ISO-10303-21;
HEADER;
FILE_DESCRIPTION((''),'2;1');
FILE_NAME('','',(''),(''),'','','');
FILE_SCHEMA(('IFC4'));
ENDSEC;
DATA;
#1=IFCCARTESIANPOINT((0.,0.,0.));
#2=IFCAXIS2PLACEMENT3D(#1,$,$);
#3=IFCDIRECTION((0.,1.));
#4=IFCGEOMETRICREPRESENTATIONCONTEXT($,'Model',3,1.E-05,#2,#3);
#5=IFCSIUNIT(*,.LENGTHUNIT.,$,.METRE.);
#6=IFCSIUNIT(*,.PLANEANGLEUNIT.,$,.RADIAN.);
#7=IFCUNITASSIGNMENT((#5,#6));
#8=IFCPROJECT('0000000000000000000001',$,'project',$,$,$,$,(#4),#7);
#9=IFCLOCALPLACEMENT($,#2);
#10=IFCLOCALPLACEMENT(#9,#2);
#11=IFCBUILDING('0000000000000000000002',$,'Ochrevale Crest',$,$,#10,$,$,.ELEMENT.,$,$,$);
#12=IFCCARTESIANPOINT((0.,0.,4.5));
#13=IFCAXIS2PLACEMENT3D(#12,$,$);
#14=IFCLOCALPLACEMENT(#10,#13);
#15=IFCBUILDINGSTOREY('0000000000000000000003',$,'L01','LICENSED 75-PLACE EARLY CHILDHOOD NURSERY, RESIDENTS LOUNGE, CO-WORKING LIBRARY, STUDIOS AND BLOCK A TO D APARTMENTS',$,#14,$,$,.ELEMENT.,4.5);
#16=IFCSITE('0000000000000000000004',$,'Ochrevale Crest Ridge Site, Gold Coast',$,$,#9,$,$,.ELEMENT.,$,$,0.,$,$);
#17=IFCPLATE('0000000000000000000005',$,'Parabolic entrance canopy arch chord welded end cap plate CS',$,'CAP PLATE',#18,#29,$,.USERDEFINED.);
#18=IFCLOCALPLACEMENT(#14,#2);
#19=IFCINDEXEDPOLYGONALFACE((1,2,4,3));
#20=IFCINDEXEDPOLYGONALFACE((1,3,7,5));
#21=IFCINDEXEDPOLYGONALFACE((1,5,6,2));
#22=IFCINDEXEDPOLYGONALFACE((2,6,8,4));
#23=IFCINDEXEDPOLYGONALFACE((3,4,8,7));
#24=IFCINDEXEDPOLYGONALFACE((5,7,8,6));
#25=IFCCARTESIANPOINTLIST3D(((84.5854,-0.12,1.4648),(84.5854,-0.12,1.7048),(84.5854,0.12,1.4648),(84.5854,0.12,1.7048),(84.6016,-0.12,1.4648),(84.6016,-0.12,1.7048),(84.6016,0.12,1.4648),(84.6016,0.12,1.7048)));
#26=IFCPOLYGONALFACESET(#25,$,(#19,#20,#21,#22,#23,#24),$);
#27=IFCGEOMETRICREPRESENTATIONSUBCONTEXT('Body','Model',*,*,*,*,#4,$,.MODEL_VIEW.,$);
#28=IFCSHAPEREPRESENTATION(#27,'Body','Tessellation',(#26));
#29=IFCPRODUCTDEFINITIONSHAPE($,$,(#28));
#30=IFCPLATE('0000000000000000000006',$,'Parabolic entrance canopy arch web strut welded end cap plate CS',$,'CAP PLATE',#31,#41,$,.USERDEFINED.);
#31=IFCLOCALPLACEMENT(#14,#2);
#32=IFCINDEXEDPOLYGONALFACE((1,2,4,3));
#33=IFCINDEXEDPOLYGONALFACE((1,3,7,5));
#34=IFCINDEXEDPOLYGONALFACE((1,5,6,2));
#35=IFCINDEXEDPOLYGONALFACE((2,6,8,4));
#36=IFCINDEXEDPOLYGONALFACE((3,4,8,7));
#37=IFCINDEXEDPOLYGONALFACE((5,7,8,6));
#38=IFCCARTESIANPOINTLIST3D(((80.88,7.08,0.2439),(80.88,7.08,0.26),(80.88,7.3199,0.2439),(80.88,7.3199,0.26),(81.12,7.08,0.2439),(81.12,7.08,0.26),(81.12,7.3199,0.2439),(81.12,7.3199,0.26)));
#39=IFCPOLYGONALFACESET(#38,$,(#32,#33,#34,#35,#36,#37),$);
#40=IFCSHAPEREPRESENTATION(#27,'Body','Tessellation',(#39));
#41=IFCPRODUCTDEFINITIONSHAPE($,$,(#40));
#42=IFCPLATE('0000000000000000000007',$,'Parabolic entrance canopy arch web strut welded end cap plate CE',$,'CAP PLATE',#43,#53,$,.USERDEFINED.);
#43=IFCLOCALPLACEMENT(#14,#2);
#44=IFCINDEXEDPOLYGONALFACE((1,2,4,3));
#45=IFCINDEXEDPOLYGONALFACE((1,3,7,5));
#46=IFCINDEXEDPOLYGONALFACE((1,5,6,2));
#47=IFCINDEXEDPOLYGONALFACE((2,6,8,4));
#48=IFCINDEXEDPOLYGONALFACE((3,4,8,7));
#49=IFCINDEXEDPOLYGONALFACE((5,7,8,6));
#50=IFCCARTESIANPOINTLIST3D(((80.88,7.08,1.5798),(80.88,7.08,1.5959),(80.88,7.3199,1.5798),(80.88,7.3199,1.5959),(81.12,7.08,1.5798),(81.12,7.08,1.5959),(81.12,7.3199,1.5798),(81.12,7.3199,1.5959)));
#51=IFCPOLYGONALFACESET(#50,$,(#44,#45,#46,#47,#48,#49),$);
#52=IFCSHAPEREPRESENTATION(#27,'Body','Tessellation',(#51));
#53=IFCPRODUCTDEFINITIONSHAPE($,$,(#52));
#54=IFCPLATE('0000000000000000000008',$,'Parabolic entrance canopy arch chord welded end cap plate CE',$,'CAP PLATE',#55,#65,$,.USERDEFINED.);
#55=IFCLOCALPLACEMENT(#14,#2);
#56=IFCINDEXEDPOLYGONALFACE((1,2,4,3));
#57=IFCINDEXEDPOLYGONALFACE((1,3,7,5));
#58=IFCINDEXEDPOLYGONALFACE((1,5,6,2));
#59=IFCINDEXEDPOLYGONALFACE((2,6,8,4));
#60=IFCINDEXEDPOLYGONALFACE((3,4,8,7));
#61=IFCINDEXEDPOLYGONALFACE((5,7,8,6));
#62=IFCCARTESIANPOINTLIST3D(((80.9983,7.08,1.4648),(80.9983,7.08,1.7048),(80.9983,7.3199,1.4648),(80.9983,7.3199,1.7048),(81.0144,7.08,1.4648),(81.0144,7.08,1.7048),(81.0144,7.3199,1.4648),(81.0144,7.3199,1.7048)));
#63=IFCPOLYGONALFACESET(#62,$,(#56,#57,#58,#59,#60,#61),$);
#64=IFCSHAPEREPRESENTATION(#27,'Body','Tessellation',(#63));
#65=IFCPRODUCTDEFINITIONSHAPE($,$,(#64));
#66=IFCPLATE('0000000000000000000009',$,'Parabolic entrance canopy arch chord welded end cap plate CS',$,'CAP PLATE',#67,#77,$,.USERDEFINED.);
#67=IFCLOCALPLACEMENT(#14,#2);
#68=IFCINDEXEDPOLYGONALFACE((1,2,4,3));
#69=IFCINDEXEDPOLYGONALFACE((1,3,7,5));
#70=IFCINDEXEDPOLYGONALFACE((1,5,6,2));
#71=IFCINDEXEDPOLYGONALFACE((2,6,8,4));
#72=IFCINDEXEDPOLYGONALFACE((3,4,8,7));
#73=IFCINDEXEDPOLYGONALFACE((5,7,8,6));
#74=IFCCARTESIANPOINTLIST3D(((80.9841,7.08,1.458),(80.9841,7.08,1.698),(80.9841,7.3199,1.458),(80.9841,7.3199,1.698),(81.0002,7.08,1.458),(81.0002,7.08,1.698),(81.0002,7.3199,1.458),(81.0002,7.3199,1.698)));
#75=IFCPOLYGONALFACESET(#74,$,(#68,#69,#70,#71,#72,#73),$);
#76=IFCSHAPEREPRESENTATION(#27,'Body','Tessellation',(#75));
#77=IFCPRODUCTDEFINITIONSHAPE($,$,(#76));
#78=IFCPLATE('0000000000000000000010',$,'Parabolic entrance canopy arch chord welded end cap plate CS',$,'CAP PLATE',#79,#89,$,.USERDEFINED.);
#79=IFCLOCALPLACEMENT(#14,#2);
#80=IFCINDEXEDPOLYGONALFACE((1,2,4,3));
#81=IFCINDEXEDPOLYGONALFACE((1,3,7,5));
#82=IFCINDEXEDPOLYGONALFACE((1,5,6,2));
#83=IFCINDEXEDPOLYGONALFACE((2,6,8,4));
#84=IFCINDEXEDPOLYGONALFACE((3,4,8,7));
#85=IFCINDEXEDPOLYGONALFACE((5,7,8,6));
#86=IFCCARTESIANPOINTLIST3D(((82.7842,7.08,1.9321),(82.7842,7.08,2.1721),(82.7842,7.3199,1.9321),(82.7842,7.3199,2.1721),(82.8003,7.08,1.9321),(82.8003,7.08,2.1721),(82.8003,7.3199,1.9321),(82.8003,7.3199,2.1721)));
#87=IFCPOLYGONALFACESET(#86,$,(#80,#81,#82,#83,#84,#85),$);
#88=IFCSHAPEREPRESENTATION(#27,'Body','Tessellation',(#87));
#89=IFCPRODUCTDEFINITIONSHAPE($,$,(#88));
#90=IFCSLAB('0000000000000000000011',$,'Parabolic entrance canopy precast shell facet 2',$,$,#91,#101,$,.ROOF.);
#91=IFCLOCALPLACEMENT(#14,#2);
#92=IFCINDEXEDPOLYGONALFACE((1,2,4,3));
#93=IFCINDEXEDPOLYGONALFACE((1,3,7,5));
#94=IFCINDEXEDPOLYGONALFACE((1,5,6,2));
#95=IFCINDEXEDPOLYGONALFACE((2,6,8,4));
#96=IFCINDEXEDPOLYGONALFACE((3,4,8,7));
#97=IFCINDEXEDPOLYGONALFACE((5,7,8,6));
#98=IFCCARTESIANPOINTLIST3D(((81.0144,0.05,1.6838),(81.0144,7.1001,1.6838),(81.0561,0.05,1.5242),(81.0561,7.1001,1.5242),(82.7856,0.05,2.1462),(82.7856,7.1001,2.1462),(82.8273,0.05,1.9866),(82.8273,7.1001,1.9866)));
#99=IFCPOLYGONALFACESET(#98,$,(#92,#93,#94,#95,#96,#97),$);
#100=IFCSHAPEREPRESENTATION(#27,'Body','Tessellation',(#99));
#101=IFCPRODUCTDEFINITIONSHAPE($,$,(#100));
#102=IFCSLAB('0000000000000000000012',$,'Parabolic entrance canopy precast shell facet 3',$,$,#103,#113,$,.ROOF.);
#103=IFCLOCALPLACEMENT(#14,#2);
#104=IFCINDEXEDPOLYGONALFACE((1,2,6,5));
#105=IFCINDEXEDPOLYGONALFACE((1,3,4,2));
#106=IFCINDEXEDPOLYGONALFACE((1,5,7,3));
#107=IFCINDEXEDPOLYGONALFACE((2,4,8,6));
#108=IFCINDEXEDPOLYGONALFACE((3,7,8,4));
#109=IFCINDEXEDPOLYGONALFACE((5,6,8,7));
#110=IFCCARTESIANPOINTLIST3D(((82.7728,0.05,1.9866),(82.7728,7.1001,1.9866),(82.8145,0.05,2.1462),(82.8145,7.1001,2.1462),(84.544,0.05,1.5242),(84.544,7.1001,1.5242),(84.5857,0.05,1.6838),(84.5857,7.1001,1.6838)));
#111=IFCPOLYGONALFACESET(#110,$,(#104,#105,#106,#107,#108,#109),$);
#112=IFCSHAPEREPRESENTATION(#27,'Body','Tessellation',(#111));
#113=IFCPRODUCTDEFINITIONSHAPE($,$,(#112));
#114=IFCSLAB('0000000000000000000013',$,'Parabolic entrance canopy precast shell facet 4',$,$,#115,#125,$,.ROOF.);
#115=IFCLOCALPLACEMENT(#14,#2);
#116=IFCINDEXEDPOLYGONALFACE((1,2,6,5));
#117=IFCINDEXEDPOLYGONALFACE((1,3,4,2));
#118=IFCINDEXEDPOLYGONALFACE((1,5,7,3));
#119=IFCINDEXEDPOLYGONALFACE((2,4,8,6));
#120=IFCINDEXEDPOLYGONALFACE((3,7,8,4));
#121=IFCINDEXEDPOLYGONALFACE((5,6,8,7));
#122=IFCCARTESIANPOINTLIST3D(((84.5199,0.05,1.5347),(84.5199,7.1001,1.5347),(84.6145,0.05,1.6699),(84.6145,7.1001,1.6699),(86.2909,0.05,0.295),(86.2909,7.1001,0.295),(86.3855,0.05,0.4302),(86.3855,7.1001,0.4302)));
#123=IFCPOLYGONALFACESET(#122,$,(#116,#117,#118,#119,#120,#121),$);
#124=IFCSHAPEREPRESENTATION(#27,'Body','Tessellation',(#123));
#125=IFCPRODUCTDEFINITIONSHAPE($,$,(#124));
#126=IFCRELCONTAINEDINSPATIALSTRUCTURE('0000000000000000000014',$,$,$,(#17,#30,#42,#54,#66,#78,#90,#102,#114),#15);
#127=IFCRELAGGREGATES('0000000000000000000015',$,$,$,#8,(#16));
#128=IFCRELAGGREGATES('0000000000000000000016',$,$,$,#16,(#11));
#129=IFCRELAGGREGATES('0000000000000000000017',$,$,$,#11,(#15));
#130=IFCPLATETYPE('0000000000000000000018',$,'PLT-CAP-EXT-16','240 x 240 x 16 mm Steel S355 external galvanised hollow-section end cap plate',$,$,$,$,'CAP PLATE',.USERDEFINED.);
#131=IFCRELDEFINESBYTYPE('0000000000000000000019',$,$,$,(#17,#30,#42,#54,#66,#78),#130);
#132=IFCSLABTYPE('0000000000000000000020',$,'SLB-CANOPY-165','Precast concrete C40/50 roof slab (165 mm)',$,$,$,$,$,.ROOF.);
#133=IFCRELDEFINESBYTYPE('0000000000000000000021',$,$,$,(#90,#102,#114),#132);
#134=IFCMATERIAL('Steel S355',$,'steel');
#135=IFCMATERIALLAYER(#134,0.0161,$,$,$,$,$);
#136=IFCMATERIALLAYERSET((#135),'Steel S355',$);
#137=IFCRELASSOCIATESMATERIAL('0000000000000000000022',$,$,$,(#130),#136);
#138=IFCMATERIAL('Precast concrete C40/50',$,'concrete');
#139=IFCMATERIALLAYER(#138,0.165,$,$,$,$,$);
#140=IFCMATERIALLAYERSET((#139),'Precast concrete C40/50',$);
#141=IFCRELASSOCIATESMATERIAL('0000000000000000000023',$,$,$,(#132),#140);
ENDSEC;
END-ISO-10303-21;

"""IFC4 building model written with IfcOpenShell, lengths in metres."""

from ifc_helpers import new_model, si_unit, direction, frame, origin, origin_2d, place, context, subcontext, project, spatial, polyline, rectangle, outline, extrude, material, layer, layer_set, type_object, element, save


model = new_model("IFC4")

# Units and contexts
model_context = context("Model", 3, precision=1e-05, world=origin(), true_north=direction((0.0, 1.0)))
body_context = subcontext(model_context, "Body", "Model", "MODEL_VIEW")
ifc_project = project(units=[si_unit("LENGTHUNIT", "METRE"), si_unit("PLANEANGLEUNIT", "RADIAN")], contexts=[model_context])

# Site, building, storey
site_placement = place(None, origin())
site = spatial("IfcSite", under=ifc_project, at=site_placement, Name="Ochrevale Crest Ridge Site, Gold Coast", CompositionType="ELEMENT", RefElevation=0.0)
building_placement = place(site_placement, origin())
building = spatial("IfcBuilding", under=site, at=building_placement, Name="Ochrevale Crest", CompositionType="ELEMENT")
storey_placement = place(building_placement, frame((0.0, 0.0, 4.5)))
storey = spatial("IfcBuildingStorey", under=building, at=storey_placement, Name="L01", Description="LICENSED 75-PLACE EARLY CHILDHOOD NURSERY, RESIDENTS LOUNGE, CO-WORKING LIBRARY, STUDIOS AND BLOCK A TO D APARTMENTS", CompositionType="ELEMENT", Elevation=4.5)

# Shared definitions
ifc_material_1 = material(Name="Steel S355", Category="steel")

# Plates
ifc_layer_1 = layer(ifc_material_1, 0.0161)
ifc_layer_set_1 = layer_set([ifc_layer_1], Name="Steel S355")
plate_type = type_object("IfcPlateType", Name="PLT-CAP-EXT-16", Description="240 x 240 x 16 mm Steel S355 external galvanised hollow-section end cap plate", ElementType="CAP PLATE", PredefinedType="USERDEFINED", material=ifc_layer_set_1)
for number, where, z_axis, x_axis, name in (
    (1, (84.5935, 0.0, 1.4648), (0.0, 0.0, 1.0), (1.0, 0.0, 0.0), "Parabolic entrance canopy arch chord welded end cap plate CS"),
):
    element("IfcPlate", number, at=place(storey_placement, frame(where, z_axis=z_axis, x_axis=x_axis)), inside=storey, type_object=plate_type, Name=name, ObjectType="CAP PLATE", PredefinedType="USERDEFINED", context=body_context, shape_type="SweptSolid", body=[
        extrude(rectangle(XDim=0.0161, YDim=0.24, at=origin_2d()), origin(), (0.0, 0.0, 1.0), 0.24),
    ])
for number, where, z_axis, x_axis, name in (
    (2, (81.0, 7.2, 0.2439), (0.0, 0.0, 1.0), (1.0, 0.0, 0.0), "Parabolic entrance canopy arch web strut welded end cap plate CS"),
    (3, (81.0, 7.2, 1.5798), (0.0, 0.0, 1.0), (1.0, 0.0, 0.0), "Parabolic entrance canopy arch web strut welded end cap plate CE"),
):
    element("IfcPlate", number, at=place(storey_placement, frame(where, z_axis=z_axis, x_axis=x_axis)), inside=storey, type_object=plate_type, Name=name, ObjectType="CAP PLATE", PredefinedType="USERDEFINED", context=body_context, shape_type="SweptSolid", body=[
        extrude(rectangle(XDim=0.24, YDim=0.24, at=origin_2d()), origin(), (0.0, 0.0, 1.0), 0.0161),
    ])
for number, where, z_axis, x_axis, name in (
    (4, (81.0063, 7.2, 1.4648), (0.0, 0.0, 1.0), (1.0, 0.0, 0.0), "Parabolic entrance canopy arch chord welded end cap plate CE"),
    (5, (80.9922, 7.2, 1.458), (0.0, 0.0, 1.0), (1.0, 0.0, 0.0), "Parabolic entrance canopy arch chord welded end cap plate CS"),
    (6, (82.7922, 7.2, 1.9321), (0.0, 0.0, 1.0), (1.0, 0.0, 0.0), "Parabolic entrance canopy arch chord welded end cap plate CS"),
):
    element("IfcPlate", number, at=place(storey_placement, frame(where, z_axis=z_axis, x_axis=x_axis)), inside=storey, type_object=plate_type, Name=name, ObjectType="CAP PLATE", PredefinedType="USERDEFINED", context=body_context, shape_type="SweptSolid", body=[
        extrude(rectangle(XDim=0.0161, YDim=0.24, at=origin_2d()), origin(), (0.0, 0.0, 1.0), 0.24),
    ])

# Slabs
ifc_material_2 = material(Name="Precast concrete C40/50", Category="concrete")
ifc_layer_2 = layer(ifc_material_2, 0.165)
ifc_layer_set_2 = layer_set([ifc_layer_2], Name="Precast concrete C40/50")
slab_type = type_object("IfcSlabType", Name="SLB-CANOPY-165", Description="Precast concrete C40/50 roof slab (165 mm)", PredefinedType="ROOF", material=ifc_layer_set_2)
for number, where, z_axis, x_axis, name in (
    (7, (81.0144, 0.05, 1.6838), (-0.252596, 0.0, 0.967572), (0.967572, 0.0, 0.252596), "Parabolic entrance canopy precast shell facet 2"),
    (8, (82.8145, 0.05, 2.1462), (0.252596, 0.0, 0.967572), (0.967572, 0.0, -0.252596), "Parabolic entrance canopy precast shell facet 3"),
):
    element("IfcSlab", number, at=place(storey_placement, frame(where, z_axis=z_axis, x_axis=x_axis)), inside=storey, type_object=slab_type, Name=name, PredefinedType="ROOF", context=body_context, shape_type="SweptSolid", body=[
        extrude(outline(polyline([(0.0, 0.0), (1.8306, 0.0), (1.8306, 7.05), (0.0, 7.05), (0.0, 0.0)])), origin(), (0.0, 0.0, -1.0), 0.165),
    ])
slab_placement = place(storey_placement, frame((84.6145, 0.05, 1.6699), z_axis=(0.573478, 0.0, 0.819221), x_axis=(0.819221, 0.0, -0.573478)))
element("IfcSlab", 9, at=slab_placement, inside=storey, type_object=slab_type, Name="Parabolic entrance canopy precast shell facet 4", PredefinedType="ROOF", context=body_context, shape_type="SweptSolid", body=[
    extrude(outline(polyline([(0.0, 0.0), (2.1618, 0.0), (2.1618, 7.05), (0.0, 7.05), (0.0, 0.0)])), origin(), (0.0, 0.0, -1.0), 0.165),
])

save(model, "model.ifc")
